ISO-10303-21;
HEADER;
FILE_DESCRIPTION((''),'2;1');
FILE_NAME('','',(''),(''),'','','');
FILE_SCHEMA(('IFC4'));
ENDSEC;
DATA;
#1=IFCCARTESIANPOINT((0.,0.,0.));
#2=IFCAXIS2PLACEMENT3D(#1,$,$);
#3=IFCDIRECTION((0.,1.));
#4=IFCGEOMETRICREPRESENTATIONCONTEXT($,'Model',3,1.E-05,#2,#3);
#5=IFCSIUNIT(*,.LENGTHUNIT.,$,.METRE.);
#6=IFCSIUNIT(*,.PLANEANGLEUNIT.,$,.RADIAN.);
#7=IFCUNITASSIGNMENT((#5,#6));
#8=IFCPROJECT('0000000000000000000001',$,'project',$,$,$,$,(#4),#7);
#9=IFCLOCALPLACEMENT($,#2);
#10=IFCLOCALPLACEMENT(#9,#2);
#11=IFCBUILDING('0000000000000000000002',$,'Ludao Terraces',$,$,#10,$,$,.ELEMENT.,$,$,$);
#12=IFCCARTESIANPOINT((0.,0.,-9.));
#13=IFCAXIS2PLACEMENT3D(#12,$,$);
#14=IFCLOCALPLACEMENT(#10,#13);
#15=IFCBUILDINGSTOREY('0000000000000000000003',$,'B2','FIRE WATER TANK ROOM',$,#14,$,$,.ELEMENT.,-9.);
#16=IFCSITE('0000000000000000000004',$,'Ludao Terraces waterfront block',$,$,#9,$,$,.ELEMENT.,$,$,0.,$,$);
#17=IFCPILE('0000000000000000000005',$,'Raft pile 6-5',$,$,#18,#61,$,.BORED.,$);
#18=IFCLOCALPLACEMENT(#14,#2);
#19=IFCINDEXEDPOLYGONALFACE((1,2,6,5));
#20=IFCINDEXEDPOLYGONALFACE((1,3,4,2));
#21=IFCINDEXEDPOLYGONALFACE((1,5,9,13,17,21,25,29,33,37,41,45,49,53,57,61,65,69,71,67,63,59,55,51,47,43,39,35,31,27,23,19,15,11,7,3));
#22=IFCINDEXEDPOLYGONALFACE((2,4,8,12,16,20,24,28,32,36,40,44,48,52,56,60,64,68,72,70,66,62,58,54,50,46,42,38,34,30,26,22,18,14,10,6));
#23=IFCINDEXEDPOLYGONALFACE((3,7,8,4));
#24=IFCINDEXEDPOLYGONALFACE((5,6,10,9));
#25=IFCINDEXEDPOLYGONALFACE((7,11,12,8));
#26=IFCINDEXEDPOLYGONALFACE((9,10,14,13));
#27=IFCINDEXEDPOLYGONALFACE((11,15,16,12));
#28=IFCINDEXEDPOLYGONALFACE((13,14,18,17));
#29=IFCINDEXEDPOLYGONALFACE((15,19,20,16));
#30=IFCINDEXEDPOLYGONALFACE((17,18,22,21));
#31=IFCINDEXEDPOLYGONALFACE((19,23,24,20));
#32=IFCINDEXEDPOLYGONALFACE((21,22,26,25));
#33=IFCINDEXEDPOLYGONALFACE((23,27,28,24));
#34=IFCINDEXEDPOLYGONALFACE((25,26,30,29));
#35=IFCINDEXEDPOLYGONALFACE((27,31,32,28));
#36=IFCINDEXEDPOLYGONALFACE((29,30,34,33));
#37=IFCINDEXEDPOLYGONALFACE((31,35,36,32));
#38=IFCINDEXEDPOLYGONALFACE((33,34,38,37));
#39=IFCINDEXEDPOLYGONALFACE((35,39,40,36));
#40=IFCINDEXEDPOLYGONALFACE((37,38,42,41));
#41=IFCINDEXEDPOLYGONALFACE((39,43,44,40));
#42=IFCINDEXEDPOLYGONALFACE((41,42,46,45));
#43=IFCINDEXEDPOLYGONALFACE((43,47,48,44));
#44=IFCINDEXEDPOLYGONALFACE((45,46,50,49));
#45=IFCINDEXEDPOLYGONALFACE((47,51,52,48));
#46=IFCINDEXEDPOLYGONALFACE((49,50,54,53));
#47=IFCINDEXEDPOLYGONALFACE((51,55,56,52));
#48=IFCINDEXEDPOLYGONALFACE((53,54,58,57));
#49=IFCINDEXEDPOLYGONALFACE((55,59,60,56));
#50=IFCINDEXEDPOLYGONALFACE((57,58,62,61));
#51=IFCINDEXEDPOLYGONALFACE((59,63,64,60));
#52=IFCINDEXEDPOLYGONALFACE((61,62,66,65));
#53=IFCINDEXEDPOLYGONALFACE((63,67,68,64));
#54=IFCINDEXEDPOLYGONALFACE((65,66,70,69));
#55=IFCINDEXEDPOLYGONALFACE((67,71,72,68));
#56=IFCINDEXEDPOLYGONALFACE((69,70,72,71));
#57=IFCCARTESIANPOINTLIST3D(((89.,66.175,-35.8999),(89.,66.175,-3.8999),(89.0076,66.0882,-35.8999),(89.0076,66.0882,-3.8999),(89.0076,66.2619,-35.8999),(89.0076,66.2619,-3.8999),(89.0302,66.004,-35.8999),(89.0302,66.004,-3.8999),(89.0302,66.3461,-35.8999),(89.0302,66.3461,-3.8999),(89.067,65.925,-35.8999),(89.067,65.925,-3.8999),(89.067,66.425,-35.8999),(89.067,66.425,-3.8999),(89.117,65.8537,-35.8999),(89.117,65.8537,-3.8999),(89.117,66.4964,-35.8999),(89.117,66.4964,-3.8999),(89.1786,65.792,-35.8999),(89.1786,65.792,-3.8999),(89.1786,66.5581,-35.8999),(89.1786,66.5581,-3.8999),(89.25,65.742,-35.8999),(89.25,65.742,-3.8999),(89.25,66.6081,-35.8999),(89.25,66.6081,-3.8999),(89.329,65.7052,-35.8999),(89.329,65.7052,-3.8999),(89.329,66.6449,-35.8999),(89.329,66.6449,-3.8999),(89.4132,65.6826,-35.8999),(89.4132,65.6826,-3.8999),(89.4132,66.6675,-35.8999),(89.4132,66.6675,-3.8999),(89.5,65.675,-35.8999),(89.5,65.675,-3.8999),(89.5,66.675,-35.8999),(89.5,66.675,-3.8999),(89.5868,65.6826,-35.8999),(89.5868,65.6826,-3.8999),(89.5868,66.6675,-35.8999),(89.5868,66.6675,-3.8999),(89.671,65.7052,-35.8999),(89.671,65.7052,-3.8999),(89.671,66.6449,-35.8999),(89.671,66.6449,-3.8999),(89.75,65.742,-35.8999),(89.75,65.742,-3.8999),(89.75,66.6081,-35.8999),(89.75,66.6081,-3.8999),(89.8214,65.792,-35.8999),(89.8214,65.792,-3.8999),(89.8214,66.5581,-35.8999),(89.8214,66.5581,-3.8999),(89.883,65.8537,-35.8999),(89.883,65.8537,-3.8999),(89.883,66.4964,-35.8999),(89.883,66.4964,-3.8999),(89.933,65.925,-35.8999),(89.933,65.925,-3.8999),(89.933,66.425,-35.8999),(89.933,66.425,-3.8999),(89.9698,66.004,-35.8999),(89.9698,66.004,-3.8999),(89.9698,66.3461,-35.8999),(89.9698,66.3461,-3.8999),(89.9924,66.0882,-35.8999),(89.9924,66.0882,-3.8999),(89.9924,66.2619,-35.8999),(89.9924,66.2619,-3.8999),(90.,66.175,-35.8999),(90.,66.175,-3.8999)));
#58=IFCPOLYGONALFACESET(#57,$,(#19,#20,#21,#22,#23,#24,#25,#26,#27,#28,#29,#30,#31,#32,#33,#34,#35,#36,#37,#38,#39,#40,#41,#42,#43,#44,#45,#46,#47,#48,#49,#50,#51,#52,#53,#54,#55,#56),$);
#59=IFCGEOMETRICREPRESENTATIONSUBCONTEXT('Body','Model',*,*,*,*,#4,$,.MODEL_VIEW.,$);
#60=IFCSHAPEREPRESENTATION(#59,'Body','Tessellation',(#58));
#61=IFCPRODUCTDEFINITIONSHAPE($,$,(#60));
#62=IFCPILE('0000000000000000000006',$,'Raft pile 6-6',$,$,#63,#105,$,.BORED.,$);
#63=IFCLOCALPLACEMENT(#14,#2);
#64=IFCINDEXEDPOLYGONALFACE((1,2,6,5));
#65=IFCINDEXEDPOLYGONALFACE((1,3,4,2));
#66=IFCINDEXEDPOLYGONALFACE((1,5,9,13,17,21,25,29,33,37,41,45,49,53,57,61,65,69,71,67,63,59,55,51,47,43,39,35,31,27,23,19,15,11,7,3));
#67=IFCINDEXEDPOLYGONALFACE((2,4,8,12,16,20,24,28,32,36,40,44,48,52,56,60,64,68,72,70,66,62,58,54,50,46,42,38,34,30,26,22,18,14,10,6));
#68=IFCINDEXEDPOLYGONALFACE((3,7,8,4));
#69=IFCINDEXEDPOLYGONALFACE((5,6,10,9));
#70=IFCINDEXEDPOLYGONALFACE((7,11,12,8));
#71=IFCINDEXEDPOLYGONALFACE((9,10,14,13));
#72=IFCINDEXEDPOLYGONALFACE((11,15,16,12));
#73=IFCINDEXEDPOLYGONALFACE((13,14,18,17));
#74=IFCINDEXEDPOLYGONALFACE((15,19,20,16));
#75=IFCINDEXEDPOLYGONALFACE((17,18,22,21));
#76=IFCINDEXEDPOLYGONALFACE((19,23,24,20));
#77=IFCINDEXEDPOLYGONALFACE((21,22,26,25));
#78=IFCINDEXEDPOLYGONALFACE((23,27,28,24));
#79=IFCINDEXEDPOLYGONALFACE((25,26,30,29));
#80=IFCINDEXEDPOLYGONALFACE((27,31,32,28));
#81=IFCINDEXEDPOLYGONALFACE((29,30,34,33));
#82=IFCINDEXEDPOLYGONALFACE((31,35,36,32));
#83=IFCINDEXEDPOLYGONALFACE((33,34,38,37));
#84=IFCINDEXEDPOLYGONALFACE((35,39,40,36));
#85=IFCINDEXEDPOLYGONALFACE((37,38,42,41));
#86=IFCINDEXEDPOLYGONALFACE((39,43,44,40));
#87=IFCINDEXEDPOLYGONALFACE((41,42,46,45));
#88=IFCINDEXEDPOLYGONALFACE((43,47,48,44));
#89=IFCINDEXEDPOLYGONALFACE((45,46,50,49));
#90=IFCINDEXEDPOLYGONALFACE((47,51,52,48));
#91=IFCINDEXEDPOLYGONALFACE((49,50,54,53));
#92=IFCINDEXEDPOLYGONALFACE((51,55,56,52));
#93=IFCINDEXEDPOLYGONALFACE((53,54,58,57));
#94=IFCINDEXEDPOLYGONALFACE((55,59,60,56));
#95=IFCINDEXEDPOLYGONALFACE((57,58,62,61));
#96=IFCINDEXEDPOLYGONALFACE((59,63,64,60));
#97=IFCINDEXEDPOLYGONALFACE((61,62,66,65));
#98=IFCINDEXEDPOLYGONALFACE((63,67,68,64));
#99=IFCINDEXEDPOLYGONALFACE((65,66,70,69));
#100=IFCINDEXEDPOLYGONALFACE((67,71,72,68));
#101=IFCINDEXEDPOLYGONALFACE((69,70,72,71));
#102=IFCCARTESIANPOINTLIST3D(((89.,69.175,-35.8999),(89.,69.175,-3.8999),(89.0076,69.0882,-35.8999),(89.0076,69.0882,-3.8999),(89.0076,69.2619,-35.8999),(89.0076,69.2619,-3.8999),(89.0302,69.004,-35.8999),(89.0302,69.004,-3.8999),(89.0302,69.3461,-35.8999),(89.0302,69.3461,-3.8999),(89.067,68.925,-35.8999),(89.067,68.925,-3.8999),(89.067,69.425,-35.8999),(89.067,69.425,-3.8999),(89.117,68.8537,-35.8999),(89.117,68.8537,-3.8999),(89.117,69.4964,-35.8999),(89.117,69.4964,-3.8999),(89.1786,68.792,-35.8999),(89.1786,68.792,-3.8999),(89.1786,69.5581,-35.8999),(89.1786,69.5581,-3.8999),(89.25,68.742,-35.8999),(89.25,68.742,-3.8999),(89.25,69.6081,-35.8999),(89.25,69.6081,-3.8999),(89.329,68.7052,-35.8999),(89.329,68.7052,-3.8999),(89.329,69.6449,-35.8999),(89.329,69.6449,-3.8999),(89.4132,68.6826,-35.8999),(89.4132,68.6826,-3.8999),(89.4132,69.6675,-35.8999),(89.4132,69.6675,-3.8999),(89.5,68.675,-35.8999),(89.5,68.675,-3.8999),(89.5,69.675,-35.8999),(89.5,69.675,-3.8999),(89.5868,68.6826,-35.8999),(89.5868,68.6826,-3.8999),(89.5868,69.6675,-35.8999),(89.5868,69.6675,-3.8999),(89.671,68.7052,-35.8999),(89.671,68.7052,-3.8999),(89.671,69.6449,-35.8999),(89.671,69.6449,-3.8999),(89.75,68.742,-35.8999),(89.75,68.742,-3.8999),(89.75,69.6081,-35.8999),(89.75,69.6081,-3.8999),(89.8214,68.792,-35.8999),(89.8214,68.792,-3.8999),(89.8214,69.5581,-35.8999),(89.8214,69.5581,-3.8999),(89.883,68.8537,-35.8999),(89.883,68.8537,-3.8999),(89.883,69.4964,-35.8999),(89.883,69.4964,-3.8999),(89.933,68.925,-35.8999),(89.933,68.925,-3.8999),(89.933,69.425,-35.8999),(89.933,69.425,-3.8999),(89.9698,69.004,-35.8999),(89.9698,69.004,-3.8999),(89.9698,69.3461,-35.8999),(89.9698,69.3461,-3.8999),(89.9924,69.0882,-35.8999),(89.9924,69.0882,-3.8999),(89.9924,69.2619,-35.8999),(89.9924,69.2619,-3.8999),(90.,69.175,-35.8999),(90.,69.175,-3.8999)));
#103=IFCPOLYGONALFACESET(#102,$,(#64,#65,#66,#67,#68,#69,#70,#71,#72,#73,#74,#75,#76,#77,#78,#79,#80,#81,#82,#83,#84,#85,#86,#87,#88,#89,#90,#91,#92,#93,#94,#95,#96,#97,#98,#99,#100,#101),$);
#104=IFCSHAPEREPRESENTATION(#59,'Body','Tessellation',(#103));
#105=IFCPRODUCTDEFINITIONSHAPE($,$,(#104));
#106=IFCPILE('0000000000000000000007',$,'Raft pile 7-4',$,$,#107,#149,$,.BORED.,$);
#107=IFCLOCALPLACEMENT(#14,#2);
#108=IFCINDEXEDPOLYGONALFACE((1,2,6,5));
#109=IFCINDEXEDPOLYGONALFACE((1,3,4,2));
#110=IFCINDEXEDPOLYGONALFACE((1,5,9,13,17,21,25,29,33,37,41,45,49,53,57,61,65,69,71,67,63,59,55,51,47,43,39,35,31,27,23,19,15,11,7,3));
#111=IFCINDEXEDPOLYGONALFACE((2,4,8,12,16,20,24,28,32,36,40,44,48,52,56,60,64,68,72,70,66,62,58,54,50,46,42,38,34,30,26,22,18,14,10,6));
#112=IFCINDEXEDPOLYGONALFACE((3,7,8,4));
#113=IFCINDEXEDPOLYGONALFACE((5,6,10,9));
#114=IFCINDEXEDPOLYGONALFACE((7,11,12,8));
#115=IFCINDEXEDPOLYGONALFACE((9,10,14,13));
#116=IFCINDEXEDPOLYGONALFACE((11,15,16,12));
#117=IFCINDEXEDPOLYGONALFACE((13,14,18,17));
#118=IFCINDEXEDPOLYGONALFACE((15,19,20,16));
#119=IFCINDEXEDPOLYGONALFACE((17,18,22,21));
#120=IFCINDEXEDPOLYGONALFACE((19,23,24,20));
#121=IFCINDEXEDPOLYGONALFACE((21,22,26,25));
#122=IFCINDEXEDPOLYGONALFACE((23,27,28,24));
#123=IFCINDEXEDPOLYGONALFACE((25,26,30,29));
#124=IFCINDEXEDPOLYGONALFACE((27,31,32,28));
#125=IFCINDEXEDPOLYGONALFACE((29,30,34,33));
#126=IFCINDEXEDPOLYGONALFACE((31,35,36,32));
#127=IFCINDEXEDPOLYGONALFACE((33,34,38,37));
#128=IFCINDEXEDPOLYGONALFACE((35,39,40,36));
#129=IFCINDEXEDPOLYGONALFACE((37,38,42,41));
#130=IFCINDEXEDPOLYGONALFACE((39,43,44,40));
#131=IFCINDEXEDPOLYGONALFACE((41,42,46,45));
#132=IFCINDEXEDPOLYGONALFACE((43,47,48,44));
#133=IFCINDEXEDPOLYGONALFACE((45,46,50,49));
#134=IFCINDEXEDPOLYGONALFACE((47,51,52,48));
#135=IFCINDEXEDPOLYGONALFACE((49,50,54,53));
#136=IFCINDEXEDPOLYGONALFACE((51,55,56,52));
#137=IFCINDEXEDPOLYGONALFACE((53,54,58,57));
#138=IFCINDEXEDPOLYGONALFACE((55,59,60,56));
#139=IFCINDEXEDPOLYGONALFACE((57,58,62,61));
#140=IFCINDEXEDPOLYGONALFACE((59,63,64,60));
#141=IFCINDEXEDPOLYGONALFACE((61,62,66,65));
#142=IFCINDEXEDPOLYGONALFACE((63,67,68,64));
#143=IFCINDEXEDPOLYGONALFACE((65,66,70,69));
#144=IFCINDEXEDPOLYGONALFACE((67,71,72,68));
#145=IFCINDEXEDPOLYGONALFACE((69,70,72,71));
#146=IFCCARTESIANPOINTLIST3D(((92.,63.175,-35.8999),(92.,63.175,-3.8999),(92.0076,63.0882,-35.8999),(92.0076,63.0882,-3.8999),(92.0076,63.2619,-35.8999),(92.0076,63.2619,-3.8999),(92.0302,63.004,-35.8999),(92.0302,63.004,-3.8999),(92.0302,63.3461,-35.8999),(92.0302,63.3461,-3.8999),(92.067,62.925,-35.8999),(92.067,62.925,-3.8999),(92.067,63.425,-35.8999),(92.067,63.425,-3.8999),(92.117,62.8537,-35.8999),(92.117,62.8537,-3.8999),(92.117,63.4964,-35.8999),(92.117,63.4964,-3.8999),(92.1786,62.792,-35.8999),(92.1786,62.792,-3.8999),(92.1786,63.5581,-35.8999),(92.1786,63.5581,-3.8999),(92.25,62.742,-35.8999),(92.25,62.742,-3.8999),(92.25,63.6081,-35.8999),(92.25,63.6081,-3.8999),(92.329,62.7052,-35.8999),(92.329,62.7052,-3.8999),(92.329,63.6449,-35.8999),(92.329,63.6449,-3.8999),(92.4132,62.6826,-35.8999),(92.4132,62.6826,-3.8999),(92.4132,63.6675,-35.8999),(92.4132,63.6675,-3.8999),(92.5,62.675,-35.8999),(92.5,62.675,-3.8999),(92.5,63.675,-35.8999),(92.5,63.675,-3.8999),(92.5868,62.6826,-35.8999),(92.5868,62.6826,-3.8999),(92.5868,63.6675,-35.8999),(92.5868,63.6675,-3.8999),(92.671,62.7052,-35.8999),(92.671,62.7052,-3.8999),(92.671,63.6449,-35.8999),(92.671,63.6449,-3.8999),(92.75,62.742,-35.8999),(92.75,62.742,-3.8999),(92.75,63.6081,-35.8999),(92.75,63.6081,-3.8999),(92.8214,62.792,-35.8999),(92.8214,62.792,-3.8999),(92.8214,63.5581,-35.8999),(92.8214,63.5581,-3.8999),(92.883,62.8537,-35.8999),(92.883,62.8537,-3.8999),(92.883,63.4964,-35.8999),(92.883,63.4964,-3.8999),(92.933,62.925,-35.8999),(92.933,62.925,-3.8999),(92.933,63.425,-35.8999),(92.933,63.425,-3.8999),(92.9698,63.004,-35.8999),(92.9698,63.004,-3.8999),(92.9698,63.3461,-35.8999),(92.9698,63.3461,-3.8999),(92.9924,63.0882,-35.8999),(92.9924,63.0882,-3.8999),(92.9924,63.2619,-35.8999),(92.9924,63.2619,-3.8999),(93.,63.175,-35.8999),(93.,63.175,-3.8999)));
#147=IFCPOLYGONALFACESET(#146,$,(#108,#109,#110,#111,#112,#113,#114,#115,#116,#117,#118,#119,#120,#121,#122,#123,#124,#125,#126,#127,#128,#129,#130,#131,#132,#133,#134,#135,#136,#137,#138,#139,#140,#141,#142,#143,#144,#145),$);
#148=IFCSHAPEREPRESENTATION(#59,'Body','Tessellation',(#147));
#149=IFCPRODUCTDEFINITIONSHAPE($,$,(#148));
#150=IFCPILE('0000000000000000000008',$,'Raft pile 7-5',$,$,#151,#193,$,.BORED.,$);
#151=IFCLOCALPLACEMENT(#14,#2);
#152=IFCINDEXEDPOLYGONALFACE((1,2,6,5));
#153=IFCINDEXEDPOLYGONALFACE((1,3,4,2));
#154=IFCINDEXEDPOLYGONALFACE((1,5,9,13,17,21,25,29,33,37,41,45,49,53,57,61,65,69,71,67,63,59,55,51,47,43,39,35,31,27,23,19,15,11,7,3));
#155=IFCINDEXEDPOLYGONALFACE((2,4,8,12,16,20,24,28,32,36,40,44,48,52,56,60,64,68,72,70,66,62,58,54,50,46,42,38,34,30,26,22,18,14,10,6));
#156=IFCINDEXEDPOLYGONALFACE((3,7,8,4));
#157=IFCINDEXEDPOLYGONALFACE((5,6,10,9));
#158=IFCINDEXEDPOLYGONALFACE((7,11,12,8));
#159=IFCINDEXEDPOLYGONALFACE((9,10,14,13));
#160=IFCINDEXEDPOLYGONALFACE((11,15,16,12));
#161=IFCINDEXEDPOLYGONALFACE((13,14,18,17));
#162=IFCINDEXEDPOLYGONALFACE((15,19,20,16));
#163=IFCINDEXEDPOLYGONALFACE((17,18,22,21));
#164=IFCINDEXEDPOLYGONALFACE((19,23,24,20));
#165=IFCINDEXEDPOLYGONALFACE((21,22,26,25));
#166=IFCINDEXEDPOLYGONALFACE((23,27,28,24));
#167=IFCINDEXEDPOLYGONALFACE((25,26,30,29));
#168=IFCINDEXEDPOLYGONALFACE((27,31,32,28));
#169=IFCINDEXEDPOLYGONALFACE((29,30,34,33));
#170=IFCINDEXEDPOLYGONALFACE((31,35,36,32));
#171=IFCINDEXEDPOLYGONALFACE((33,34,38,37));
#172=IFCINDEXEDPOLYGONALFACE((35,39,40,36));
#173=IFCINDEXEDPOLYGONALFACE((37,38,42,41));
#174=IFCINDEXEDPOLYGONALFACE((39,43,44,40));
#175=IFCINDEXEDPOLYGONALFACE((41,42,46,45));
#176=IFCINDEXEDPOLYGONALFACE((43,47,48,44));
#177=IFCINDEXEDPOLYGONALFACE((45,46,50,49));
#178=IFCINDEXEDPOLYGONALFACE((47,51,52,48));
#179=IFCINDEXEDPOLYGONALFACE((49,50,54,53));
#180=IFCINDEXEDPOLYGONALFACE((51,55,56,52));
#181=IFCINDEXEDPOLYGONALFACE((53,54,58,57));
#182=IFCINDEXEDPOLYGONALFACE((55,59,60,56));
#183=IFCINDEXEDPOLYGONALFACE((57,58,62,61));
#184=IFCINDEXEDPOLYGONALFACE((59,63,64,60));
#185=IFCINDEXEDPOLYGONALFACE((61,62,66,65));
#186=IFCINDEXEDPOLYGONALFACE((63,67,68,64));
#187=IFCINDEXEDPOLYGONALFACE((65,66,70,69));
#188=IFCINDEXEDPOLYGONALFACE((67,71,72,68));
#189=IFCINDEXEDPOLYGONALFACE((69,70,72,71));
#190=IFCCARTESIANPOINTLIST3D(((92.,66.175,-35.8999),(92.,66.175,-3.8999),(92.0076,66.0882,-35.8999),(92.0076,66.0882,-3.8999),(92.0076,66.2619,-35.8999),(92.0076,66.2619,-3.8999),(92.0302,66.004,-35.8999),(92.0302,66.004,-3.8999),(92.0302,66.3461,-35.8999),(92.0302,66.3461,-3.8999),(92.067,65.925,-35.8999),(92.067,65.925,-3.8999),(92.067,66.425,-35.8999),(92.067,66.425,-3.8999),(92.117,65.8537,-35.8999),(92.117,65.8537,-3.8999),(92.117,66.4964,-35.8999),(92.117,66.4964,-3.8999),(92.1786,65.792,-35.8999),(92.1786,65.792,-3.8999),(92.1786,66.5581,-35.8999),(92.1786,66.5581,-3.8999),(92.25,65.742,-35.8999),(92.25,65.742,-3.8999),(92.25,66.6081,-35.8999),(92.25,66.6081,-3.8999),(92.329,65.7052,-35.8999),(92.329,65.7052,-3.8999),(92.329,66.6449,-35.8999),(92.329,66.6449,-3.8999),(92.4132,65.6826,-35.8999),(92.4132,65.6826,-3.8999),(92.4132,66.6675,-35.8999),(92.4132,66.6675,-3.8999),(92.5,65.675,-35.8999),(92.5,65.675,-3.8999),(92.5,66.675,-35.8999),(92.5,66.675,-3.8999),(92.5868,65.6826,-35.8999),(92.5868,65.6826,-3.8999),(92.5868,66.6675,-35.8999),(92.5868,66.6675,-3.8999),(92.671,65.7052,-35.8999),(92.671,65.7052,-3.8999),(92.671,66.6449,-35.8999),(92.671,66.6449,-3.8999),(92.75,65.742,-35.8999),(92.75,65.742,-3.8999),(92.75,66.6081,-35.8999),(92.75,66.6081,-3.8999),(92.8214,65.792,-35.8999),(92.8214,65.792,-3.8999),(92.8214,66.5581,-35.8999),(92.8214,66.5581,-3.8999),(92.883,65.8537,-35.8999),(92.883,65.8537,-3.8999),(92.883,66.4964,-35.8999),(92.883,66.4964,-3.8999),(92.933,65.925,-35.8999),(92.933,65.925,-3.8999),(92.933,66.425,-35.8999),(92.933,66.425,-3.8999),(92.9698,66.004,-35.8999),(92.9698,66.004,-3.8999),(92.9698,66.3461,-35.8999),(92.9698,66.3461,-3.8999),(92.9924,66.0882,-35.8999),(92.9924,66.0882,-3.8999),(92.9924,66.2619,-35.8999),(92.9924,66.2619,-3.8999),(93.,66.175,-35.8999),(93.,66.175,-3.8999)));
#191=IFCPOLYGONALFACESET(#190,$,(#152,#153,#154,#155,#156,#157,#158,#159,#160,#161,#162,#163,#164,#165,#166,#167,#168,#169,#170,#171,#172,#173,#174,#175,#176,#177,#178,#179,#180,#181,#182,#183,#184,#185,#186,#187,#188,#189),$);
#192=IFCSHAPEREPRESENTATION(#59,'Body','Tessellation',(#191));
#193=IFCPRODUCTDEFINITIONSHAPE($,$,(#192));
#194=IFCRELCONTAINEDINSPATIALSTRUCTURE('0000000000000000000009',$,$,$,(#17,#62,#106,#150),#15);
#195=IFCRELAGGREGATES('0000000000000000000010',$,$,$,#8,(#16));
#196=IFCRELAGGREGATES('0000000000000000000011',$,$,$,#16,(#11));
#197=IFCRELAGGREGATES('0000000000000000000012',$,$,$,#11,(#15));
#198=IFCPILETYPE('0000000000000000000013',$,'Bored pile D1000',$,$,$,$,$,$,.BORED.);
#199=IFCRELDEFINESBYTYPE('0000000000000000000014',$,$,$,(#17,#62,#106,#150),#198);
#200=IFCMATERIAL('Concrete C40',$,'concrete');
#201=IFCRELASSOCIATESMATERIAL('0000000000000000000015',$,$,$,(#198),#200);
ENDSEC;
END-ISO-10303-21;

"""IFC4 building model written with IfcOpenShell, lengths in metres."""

from ifc_helpers import new_model, si_unit, direction, frame, origin, origin_2d, place, context, subcontext, project, spatial, circle, extrude, material, material_profile, profile_set, type_object, element, save


model = new_model("IFC4")

# Units and contexts
model_context = context("Model", 3, precision=1e-05, world=origin(), true_north=direction((0.0, 1.0)))
body_context = subcontext(model_context, "Body", "Model", "MODEL_VIEW")
ifc_project = project(units=[si_unit("LENGTHUNIT", "METRE"), si_unit("PLANEANGLEUNIT", "RADIAN")], contexts=[model_context])

# Site, building, storey
site_placement = place(None, origin())
site = spatial("IfcSite", under=ifc_project, at=site_placement, Name="Ludao Terraces waterfront block", CompositionType="ELEMENT", RefElevation=0.0)
building_placement = place(site_placement, origin())
building = spatial("IfcBuilding", under=site, at=building_placement, Name="Ludao Terraces", CompositionType="ELEMENT")
storey_placement = place(building_placement, frame((0.0, 0.0, -9.0)))
storey = spatial("IfcBuildingStorey", under=building, at=storey_placement, Name="B2", Description="FIRE WATER TANK ROOM", CompositionType="ELEMENT", Elevation=-9.0)

# Piles
ifc_material_1 = material(Name="Concrete C40", Category="concrete")
ifc_material_profile = material_profile(ifc_material_1, circle(Radius=0.5, at=origin_2d()), Name="D1000 BORED PILE")
ifc_profile_set = profile_set([ifc_material_profile], Name="Concrete C40")
pile_type = type_object("IfcPileType", Name="Bored pile D1000", PredefinedType="BORED", material=ifc_profile_set)
for number, where, z_axis, x_axis, name in (
    (1, (89.5, 66.175, -3.8999), (0.0, 0.0, -1.0), (1.0, 0.0, 0.0), "Raft pile 6-5"),
    (2, (89.5, 69.175, -3.8999), (0.0, 0.0, -1.0), (1.0, 0.0, 0.0), "Raft pile 6-6"),
    (3, (92.5, 63.175, -3.8999), (0.0, 0.0, -1.0), (1.0, 0.0, 0.0), "Raft pile 7-4"),
    (4, (92.5, 66.175, -3.8999), (0.0, 0.0, -1.0), (1.0, 0.0, 0.0), "Raft pile 7-5"),
):
    element("IfcPile", number, at=place(storey_placement, frame(where, z_axis=z_axis, x_axis=x_axis)), inside=storey, type_object=pile_type, Name=name, PredefinedType="BORED", context=body_context, shape_type="SweptSolid", body=[
        extrude(circle(Radius=0.5, at=origin_2d()), origin(), (0.0, 0.0, 1.0), 32.0),
    ])

save(model, "model.ifc")
